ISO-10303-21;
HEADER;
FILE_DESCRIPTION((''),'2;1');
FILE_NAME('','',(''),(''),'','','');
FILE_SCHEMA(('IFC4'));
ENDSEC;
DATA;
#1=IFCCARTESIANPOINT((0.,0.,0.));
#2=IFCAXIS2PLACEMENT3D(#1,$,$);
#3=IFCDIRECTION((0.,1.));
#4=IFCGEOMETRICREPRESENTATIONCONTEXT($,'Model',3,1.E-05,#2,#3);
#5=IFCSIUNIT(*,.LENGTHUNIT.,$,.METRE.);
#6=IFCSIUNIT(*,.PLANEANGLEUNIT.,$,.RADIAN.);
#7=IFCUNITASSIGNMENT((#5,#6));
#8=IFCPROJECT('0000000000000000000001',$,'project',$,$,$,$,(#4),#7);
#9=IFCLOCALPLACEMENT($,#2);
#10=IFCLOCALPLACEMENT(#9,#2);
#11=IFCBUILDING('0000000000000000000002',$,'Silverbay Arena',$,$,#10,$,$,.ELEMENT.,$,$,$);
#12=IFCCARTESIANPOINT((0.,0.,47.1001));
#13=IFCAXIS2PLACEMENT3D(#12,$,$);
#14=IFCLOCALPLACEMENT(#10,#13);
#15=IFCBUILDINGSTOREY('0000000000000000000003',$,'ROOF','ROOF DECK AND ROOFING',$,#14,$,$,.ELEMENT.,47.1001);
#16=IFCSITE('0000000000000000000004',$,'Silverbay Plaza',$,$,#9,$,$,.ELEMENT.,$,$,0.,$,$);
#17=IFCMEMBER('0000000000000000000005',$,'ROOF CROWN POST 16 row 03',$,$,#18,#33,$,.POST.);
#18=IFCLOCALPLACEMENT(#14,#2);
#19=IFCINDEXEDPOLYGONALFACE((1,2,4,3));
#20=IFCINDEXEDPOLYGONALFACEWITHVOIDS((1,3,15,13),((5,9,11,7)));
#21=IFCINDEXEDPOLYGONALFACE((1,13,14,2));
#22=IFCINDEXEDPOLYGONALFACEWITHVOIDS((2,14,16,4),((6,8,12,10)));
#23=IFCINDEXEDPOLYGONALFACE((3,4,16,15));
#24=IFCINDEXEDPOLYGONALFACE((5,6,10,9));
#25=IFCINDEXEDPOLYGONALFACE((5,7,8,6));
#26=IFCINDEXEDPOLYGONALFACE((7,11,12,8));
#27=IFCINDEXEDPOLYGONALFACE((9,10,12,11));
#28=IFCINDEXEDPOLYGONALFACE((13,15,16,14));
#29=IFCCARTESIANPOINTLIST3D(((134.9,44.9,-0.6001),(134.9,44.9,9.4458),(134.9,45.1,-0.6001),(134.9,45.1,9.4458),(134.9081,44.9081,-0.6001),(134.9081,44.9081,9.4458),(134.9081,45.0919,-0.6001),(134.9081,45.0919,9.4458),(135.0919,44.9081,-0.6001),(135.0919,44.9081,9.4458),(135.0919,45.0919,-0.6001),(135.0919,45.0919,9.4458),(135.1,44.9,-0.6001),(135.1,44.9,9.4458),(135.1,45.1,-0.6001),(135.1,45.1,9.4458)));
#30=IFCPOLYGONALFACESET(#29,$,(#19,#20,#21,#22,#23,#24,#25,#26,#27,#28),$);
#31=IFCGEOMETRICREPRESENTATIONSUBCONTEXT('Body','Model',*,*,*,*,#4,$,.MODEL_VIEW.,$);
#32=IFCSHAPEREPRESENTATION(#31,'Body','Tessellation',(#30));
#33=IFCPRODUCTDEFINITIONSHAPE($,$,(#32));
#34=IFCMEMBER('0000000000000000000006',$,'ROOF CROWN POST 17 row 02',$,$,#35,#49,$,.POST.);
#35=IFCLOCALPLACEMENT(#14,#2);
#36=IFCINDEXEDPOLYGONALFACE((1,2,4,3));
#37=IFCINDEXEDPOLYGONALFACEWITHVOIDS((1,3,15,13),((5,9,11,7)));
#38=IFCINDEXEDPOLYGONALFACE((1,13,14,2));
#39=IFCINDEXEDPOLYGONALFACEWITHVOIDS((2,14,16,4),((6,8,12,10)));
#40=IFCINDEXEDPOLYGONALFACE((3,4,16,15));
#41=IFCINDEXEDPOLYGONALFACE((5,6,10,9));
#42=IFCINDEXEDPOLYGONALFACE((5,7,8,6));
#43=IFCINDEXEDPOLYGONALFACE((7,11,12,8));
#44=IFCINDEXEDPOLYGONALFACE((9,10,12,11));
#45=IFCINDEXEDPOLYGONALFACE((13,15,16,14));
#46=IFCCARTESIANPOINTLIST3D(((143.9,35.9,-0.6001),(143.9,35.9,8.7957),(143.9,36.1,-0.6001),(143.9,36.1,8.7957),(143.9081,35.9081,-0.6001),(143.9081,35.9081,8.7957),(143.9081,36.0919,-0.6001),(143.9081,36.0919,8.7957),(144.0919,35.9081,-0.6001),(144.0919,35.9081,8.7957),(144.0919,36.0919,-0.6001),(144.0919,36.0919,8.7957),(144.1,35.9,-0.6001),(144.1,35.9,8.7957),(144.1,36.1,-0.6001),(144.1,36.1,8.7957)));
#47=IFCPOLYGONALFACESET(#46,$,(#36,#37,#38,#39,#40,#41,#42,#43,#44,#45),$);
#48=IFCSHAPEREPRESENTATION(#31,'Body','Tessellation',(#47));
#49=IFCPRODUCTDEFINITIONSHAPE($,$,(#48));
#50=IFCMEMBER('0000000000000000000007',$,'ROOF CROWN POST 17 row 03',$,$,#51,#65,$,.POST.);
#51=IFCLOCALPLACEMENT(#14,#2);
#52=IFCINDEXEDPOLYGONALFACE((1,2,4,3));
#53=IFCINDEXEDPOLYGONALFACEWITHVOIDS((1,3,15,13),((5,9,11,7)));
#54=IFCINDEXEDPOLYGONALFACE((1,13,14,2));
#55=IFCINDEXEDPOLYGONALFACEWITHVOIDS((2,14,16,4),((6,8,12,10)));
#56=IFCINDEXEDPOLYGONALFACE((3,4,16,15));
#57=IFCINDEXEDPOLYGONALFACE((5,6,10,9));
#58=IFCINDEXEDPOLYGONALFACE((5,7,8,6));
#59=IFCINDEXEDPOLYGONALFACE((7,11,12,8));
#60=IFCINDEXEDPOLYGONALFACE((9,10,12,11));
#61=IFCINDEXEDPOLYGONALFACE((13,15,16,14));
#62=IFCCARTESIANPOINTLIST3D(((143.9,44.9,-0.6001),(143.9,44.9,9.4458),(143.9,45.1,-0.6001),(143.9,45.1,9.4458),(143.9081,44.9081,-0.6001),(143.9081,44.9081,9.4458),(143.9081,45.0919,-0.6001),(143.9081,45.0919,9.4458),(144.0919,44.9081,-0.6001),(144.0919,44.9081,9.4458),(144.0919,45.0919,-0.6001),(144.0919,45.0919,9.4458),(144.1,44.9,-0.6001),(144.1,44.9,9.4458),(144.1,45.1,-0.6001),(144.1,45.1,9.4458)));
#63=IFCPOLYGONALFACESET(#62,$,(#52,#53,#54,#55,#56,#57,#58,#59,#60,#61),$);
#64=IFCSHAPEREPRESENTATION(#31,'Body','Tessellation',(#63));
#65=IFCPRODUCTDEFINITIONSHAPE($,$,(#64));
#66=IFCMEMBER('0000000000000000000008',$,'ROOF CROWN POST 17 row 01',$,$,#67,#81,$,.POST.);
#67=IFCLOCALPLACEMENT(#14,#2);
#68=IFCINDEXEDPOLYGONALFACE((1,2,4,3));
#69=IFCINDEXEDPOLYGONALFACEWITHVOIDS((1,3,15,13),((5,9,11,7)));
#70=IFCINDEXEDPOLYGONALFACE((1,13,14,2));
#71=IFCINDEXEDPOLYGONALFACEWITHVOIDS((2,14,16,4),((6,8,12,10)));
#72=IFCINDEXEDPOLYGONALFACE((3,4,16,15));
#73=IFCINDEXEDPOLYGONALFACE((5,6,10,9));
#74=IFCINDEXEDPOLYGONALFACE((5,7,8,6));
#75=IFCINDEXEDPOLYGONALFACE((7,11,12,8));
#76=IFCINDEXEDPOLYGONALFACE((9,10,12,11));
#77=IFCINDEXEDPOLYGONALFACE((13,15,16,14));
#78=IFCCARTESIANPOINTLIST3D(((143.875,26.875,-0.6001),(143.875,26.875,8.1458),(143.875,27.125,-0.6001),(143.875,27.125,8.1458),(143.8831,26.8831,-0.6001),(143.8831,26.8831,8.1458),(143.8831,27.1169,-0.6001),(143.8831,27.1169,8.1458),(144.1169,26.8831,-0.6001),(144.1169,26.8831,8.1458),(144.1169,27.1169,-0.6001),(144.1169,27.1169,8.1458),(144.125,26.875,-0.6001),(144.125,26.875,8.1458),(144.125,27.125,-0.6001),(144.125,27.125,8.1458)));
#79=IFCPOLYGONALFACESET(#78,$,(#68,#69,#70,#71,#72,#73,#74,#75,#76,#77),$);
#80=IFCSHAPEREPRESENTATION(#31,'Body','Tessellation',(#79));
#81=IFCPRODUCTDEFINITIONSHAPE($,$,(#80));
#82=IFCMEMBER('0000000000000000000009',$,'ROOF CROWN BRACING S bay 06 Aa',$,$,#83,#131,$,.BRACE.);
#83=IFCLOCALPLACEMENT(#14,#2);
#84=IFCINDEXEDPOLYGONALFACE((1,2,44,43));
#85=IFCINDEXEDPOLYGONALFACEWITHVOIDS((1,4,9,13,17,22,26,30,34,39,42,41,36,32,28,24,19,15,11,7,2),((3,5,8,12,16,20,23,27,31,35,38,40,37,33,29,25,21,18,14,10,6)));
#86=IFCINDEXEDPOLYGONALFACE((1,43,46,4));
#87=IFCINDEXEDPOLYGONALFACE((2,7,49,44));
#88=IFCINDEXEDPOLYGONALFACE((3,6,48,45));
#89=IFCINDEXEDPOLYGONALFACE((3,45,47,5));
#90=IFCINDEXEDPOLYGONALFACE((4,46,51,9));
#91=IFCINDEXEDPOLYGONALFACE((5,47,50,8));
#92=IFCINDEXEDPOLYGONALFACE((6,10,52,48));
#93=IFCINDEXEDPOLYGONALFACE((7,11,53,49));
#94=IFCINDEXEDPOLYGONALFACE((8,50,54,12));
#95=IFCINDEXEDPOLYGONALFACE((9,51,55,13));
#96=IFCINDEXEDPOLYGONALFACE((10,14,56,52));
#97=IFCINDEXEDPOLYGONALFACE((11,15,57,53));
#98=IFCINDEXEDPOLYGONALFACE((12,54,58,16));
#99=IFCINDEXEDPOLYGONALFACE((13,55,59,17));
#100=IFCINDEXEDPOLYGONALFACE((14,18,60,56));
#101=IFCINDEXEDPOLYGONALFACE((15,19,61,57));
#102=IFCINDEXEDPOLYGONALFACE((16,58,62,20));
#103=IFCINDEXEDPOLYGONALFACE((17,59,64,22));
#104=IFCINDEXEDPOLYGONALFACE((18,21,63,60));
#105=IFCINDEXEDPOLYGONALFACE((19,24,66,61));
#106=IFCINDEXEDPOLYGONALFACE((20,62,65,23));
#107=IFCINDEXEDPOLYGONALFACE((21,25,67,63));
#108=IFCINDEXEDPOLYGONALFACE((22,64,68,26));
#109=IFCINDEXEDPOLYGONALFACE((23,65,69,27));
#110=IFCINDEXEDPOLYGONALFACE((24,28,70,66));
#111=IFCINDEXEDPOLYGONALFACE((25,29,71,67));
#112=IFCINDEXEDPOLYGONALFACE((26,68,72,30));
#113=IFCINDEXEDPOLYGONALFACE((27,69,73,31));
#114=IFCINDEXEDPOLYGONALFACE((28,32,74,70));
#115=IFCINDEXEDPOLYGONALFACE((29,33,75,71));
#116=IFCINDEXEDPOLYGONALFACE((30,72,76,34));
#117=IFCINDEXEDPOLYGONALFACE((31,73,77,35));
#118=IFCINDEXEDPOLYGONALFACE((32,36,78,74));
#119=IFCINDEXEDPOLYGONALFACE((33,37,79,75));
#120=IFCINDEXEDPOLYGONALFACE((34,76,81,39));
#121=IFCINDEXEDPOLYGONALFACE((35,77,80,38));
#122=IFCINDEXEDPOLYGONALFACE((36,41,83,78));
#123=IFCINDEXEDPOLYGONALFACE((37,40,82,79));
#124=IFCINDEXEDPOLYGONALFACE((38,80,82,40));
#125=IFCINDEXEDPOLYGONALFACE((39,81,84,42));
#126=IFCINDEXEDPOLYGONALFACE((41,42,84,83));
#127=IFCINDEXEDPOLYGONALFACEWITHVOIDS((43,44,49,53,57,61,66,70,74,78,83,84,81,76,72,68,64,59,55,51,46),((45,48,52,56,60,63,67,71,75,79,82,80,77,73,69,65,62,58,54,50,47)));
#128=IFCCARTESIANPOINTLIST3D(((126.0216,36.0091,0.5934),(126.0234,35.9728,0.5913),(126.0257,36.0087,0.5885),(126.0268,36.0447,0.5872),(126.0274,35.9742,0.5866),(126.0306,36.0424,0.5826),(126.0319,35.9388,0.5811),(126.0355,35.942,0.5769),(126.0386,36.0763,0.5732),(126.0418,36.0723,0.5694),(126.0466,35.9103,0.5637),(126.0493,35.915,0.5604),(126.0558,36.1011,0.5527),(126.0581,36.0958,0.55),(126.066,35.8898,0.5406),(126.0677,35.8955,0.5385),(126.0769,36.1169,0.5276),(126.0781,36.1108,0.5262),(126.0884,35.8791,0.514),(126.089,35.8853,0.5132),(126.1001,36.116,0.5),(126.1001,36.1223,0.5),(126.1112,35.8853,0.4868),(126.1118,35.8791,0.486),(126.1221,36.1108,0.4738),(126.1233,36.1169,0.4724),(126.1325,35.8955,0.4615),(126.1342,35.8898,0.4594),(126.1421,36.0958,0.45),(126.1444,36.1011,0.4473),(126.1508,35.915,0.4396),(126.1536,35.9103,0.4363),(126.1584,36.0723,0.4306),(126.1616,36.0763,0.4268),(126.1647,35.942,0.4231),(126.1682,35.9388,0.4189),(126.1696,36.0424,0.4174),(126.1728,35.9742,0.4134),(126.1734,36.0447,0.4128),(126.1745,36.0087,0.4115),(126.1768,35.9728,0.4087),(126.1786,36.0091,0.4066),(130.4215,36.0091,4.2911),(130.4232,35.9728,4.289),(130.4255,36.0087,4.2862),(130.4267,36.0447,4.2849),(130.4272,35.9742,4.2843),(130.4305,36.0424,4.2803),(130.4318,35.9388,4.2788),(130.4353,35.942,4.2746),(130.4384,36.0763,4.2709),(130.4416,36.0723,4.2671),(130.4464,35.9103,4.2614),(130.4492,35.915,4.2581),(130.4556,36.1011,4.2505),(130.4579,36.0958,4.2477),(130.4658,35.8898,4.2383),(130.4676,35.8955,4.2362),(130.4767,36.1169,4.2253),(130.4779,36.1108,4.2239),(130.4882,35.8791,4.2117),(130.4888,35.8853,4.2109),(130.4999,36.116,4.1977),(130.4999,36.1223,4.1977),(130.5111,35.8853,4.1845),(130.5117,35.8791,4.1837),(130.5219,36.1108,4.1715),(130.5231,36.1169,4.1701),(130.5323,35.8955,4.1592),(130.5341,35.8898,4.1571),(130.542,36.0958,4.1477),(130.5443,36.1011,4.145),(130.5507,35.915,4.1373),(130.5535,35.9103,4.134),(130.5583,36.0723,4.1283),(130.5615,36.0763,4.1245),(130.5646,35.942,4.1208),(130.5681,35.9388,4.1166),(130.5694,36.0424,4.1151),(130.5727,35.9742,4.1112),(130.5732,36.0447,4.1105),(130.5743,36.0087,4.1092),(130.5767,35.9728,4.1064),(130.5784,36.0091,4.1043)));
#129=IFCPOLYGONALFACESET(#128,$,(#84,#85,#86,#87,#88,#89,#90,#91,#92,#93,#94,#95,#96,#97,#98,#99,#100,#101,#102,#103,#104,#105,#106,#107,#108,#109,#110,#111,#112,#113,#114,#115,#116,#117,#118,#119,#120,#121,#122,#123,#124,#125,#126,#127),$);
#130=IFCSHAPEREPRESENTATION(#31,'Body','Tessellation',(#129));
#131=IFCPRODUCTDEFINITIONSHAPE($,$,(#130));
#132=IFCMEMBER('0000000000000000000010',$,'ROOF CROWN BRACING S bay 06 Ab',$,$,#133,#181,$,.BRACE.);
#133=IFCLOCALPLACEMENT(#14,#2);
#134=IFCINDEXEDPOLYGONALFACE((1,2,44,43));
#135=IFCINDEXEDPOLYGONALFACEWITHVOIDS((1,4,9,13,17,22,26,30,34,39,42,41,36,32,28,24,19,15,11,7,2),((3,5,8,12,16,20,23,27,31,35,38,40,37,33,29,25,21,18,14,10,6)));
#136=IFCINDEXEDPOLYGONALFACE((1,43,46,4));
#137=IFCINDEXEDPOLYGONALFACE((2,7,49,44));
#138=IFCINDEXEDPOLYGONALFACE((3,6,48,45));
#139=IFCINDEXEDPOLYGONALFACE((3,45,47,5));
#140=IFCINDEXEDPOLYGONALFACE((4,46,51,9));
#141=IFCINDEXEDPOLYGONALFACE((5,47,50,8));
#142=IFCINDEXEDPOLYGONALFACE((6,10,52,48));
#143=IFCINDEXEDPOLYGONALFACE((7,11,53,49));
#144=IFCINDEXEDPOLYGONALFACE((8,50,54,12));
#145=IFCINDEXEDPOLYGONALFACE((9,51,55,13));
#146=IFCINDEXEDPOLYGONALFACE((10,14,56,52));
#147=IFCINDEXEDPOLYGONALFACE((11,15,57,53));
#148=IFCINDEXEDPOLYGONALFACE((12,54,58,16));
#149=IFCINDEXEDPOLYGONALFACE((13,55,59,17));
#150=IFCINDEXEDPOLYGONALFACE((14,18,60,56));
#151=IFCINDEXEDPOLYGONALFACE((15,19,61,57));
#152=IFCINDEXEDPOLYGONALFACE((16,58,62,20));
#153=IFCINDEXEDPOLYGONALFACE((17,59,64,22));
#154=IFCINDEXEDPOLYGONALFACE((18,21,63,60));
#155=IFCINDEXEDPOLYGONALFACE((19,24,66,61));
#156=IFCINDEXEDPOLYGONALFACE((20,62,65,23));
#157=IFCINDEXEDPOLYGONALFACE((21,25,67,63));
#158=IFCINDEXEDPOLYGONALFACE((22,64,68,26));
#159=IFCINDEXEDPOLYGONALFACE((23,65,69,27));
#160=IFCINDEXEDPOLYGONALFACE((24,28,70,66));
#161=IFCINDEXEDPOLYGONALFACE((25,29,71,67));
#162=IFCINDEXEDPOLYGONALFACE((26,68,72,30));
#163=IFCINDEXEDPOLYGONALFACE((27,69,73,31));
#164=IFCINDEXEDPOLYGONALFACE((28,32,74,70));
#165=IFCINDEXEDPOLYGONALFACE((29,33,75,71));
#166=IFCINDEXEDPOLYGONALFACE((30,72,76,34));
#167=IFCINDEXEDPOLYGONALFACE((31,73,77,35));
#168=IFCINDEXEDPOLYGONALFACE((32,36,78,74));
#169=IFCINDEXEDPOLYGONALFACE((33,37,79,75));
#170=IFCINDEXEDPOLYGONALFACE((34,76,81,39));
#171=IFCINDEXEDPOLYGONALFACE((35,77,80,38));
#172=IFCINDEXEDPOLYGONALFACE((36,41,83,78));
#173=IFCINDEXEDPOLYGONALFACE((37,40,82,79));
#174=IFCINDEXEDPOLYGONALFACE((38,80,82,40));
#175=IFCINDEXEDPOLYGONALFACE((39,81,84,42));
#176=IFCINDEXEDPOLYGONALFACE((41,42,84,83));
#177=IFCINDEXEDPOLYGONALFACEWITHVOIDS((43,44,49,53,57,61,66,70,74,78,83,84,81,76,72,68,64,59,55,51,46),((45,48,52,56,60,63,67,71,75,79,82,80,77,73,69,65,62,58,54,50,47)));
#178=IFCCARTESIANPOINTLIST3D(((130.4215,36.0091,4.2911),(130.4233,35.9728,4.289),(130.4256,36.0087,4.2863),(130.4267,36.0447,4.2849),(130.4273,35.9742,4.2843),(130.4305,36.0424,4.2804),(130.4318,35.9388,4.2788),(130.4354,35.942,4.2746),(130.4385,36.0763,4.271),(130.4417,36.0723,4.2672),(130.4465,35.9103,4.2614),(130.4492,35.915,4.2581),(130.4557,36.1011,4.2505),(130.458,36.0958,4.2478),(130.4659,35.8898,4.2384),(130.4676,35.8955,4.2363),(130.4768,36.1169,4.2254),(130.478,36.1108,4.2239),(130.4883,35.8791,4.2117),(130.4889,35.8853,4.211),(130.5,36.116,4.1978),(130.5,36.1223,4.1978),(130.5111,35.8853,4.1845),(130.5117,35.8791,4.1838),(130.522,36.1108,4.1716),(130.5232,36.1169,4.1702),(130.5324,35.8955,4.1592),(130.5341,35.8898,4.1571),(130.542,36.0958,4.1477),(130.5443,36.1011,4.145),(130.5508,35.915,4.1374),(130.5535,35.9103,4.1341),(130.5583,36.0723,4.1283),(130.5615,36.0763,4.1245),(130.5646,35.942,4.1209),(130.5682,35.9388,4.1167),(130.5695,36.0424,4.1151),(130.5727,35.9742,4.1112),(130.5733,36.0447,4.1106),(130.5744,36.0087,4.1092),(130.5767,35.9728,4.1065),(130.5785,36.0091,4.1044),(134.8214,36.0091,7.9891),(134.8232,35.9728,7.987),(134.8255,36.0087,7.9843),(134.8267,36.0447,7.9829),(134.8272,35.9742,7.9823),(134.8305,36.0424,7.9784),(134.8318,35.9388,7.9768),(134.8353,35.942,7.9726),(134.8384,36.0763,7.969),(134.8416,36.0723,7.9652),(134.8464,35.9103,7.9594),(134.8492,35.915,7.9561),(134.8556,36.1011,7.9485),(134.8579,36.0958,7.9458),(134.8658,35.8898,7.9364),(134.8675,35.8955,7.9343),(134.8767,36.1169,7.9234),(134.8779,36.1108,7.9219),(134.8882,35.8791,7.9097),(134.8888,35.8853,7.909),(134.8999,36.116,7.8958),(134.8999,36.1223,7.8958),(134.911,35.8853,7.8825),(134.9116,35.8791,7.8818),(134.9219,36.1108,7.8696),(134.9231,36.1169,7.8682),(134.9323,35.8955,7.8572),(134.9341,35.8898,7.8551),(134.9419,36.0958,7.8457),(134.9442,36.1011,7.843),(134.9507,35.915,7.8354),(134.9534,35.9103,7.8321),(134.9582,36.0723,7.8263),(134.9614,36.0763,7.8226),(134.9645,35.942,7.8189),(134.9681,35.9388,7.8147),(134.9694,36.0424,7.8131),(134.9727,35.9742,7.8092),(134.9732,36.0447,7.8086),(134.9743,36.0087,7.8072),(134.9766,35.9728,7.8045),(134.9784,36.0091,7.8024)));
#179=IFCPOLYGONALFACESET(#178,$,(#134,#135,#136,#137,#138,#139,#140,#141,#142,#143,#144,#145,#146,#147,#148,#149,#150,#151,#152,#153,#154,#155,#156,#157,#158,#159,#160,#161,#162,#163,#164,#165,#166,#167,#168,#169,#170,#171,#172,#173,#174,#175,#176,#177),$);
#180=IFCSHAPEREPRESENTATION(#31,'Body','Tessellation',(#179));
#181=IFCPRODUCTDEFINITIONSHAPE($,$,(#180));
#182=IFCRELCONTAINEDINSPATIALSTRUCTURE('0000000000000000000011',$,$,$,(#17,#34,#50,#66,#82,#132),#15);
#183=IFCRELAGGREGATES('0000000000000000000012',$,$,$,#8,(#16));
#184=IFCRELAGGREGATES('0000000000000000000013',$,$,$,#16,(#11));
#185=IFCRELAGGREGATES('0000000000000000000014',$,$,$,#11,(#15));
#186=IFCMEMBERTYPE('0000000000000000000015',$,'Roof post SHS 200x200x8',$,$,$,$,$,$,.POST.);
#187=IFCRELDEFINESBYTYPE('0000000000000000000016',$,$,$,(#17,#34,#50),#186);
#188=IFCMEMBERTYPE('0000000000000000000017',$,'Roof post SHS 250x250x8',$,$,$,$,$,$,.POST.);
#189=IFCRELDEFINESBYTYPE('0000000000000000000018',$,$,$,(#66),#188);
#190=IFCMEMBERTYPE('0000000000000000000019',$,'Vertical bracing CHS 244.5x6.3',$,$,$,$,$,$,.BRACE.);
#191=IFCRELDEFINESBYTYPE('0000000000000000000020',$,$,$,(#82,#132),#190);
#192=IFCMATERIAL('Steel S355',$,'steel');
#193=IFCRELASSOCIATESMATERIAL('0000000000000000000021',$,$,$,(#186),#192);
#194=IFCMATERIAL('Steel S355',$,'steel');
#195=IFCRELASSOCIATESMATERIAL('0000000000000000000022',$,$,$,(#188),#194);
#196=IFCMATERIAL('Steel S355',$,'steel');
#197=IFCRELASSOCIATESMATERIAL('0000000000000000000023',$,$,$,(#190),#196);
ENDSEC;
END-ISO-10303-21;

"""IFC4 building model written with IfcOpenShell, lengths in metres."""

from ifc_helpers import new_model, si_unit, direction, frame, origin, origin_2d, place, context, subcontext, project, spatial, hollow_rectangle, hollow_circle, extrude, material, material_profile, profile_set, type_object, element, save


model = new_model("IFC4")

# Units and contexts
model_context = context("Model", 3, precision=1e-05, world=origin(), true_north=direction((0.0, 1.0)))
body_context = subcontext(model_context, "Body", "Model", "MODEL_VIEW")
ifc_project = project(units=[si_unit("LENGTHUNIT", "METRE"), si_unit("PLANEANGLEUNIT", "RADIAN")], contexts=[model_context])

# Site, building, storey
site_placement = place(None, origin())
site = spatial("IfcSite", under=ifc_project, at=site_placement, Name="Silverbay Plaza", CompositionType="ELEMENT", RefElevation=0.0)
building_placement = place(site_placement, origin())
building = spatial("IfcBuilding", under=site, at=building_placement, Name="Silverbay Arena", CompositionType="ELEMENT")
storey_placement = place(building_placement, frame((0.0, 0.0, 47.1001)))
storey = spatial("IfcBuildingStorey", under=building, at=storey_placement, Name="ROOF", Description="ROOF DECK AND ROOFING", CompositionType="ELEMENT", Elevation=47.1001)

# Members
ifc_material_1 = material(Name="Steel S355", Category="steel")
ifc_material_profile_1 = material_profile(ifc_material_1, hollow_rectangle(XDim=0.2, YDim=0.2, WallThickness=0.0081, at=origin_2d()), Name="SHS 200x200x8")
ifc_profile_set_1 = profile_set([ifc_material_profile_1], Name="Steel S355")
member_type_1 = type_object("IfcMemberType", Name="Roof post SHS 200x200x8", PredefinedType="POST", material=ifc_profile_set_1)
member_1_placement = place(storey_placement, frame((135.0, 45.0, -0.6001), z_axis=(0.0, 0.0, 1.0), x_axis=(1.0, 0.0, 0.0)))
element("IfcMember", 1, at=member_1_placement, inside=storey, type_object=member_type_1, Name="ROOF CROWN POST 16 row 03", PredefinedType="POST", context=body_context, shape_type="SweptSolid", body=[
    extrude(hollow_rectangle(XDim=0.2, YDim=0.2, WallThickness=0.0081, at=origin_2d()), origin(), (0.0, 0.0, 1.0), 10.0459),
])
member_2_placement = place(storey_placement, frame((144.0, 36.0, -0.6001), z_axis=(0.0, 0.0, 1.0), x_axis=(1.0, 0.0, 0.0)))
element("IfcMember", 2, at=member_2_placement, inside=storey, type_object=member_type_1, Name="ROOF CROWN POST 17 row 02", PredefinedType="POST", context=body_context, shape_type="SweptSolid", body=[
    extrude(hollow_rectangle(XDim=0.2, YDim=0.2, WallThickness=0.0081, at=origin_2d()), origin(), (0.0, 0.0, 1.0), 9.3958),
])
member_3_placement = place(storey_placement, frame((144.0, 45.0, -0.6001), z_axis=(0.0, 0.0, 1.0), x_axis=(1.0, 0.0, 0.0)))
element("IfcMember", 3, at=member_3_placement, inside=storey, type_object=member_type_1, Name="ROOF CROWN POST 17 row 03", PredefinedType="POST", context=body_context, shape_type="SweptSolid", body=[
    extrude(hollow_rectangle(XDim=0.2, YDim=0.2, WallThickness=0.0081, at=origin_2d()), origin(), (0.0, 0.0, 1.0), 10.0459),
])
ifc_material_2 = material(Name="Steel S355", Category="steel")
ifc_material_profile_2 = material_profile(ifc_material_2, hollow_rectangle(XDim=0.25, YDim=0.25, WallThickness=0.0081, at=origin_2d()), Name="SHS 250x250x8")
ifc_profile_set_2 = profile_set([ifc_material_profile_2], Name="Steel S355")
member_type_2 = type_object("IfcMemberType", Name="Roof post SHS 250x250x8", PredefinedType="POST", material=ifc_profile_set_2)
member_4_placement = place(storey_placement, frame((144.0, 27.0, -0.6001), z_axis=(0.0, 0.0, 1.0), x_axis=(1.0, 0.0, 0.0)))
element("IfcMember", 4, at=member_4_placement, inside=storey, type_object=member_type_2, Name="ROOF CROWN POST 17 row 01", PredefinedType="POST", context=body_context, shape_type="SweptSolid", body=[
    extrude(hollow_rectangle(XDim=0.25, YDim=0.25, WallThickness=0.0081, at=origin_2d()), origin(), (0.0, 0.0, 1.0), 8.7458),
])
ifc_material_3 = material(Name="Steel S355", Category="steel")
ifc_material_profile_3 = material_profile(ifc_material_3, hollow_circle(Radius=0.1223, WallThickness=0.0063, at=origin_2d()), Name="CHS 244.5x6.3")
ifc_profile_set_3 = profile_set([ifc_material_profile_3], Name="Steel S355")
member_type_3 = type_object("IfcMemberType", Name="Vertical bracing CHS 244.5x6.3", PredefinedType="BRACE", material=ifc_profile_set_3)
member_5_placement = place(storey_placement, frame((126.1001, 36.0, 0.5), z_axis=(0.765548, 0.0, 0.643379), x_axis=(0.0, 1.0, 0.0)))
element("IfcMember", 5, at=member_5_placement, inside=storey, type_object=member_type_3, Name="ROOF CROWN BRACING S bay 06 Aa", PredefinedType="BRACE", context=body_context, shape_type="SweptSolid", body=[
    extrude(hollow_circle(Radius=0.1223, WallThickness=0.0063, at=origin_2d()), origin(), (0.0, 0.0, 1.0), 5.7473),
])
for number, where, z_axis, x_axis, name in (
    (6, (130.5, 36.0, 4.1978), (0.765527, 0.0, 0.643404), (0.0, 1.0, 0.0), "ROOF CROWN BRACING S bay 06 Ab"),
):
    element("IfcMember", number, at=place(storey_placement, frame(where, z_axis=z_axis, x_axis=x_axis)), inside=storey, type_object=member_type_3, Name=name, PredefinedType="BRACE", context=body_context, shape_type="SweptSolid", body=[
        extrude(hollow_circle(Radius=0.1223, WallThickness=0.0063, at=origin_2d()), origin(), (0.0, 0.0, 1.0), 5.7476),
    ])

save(model, "model.ifc")
